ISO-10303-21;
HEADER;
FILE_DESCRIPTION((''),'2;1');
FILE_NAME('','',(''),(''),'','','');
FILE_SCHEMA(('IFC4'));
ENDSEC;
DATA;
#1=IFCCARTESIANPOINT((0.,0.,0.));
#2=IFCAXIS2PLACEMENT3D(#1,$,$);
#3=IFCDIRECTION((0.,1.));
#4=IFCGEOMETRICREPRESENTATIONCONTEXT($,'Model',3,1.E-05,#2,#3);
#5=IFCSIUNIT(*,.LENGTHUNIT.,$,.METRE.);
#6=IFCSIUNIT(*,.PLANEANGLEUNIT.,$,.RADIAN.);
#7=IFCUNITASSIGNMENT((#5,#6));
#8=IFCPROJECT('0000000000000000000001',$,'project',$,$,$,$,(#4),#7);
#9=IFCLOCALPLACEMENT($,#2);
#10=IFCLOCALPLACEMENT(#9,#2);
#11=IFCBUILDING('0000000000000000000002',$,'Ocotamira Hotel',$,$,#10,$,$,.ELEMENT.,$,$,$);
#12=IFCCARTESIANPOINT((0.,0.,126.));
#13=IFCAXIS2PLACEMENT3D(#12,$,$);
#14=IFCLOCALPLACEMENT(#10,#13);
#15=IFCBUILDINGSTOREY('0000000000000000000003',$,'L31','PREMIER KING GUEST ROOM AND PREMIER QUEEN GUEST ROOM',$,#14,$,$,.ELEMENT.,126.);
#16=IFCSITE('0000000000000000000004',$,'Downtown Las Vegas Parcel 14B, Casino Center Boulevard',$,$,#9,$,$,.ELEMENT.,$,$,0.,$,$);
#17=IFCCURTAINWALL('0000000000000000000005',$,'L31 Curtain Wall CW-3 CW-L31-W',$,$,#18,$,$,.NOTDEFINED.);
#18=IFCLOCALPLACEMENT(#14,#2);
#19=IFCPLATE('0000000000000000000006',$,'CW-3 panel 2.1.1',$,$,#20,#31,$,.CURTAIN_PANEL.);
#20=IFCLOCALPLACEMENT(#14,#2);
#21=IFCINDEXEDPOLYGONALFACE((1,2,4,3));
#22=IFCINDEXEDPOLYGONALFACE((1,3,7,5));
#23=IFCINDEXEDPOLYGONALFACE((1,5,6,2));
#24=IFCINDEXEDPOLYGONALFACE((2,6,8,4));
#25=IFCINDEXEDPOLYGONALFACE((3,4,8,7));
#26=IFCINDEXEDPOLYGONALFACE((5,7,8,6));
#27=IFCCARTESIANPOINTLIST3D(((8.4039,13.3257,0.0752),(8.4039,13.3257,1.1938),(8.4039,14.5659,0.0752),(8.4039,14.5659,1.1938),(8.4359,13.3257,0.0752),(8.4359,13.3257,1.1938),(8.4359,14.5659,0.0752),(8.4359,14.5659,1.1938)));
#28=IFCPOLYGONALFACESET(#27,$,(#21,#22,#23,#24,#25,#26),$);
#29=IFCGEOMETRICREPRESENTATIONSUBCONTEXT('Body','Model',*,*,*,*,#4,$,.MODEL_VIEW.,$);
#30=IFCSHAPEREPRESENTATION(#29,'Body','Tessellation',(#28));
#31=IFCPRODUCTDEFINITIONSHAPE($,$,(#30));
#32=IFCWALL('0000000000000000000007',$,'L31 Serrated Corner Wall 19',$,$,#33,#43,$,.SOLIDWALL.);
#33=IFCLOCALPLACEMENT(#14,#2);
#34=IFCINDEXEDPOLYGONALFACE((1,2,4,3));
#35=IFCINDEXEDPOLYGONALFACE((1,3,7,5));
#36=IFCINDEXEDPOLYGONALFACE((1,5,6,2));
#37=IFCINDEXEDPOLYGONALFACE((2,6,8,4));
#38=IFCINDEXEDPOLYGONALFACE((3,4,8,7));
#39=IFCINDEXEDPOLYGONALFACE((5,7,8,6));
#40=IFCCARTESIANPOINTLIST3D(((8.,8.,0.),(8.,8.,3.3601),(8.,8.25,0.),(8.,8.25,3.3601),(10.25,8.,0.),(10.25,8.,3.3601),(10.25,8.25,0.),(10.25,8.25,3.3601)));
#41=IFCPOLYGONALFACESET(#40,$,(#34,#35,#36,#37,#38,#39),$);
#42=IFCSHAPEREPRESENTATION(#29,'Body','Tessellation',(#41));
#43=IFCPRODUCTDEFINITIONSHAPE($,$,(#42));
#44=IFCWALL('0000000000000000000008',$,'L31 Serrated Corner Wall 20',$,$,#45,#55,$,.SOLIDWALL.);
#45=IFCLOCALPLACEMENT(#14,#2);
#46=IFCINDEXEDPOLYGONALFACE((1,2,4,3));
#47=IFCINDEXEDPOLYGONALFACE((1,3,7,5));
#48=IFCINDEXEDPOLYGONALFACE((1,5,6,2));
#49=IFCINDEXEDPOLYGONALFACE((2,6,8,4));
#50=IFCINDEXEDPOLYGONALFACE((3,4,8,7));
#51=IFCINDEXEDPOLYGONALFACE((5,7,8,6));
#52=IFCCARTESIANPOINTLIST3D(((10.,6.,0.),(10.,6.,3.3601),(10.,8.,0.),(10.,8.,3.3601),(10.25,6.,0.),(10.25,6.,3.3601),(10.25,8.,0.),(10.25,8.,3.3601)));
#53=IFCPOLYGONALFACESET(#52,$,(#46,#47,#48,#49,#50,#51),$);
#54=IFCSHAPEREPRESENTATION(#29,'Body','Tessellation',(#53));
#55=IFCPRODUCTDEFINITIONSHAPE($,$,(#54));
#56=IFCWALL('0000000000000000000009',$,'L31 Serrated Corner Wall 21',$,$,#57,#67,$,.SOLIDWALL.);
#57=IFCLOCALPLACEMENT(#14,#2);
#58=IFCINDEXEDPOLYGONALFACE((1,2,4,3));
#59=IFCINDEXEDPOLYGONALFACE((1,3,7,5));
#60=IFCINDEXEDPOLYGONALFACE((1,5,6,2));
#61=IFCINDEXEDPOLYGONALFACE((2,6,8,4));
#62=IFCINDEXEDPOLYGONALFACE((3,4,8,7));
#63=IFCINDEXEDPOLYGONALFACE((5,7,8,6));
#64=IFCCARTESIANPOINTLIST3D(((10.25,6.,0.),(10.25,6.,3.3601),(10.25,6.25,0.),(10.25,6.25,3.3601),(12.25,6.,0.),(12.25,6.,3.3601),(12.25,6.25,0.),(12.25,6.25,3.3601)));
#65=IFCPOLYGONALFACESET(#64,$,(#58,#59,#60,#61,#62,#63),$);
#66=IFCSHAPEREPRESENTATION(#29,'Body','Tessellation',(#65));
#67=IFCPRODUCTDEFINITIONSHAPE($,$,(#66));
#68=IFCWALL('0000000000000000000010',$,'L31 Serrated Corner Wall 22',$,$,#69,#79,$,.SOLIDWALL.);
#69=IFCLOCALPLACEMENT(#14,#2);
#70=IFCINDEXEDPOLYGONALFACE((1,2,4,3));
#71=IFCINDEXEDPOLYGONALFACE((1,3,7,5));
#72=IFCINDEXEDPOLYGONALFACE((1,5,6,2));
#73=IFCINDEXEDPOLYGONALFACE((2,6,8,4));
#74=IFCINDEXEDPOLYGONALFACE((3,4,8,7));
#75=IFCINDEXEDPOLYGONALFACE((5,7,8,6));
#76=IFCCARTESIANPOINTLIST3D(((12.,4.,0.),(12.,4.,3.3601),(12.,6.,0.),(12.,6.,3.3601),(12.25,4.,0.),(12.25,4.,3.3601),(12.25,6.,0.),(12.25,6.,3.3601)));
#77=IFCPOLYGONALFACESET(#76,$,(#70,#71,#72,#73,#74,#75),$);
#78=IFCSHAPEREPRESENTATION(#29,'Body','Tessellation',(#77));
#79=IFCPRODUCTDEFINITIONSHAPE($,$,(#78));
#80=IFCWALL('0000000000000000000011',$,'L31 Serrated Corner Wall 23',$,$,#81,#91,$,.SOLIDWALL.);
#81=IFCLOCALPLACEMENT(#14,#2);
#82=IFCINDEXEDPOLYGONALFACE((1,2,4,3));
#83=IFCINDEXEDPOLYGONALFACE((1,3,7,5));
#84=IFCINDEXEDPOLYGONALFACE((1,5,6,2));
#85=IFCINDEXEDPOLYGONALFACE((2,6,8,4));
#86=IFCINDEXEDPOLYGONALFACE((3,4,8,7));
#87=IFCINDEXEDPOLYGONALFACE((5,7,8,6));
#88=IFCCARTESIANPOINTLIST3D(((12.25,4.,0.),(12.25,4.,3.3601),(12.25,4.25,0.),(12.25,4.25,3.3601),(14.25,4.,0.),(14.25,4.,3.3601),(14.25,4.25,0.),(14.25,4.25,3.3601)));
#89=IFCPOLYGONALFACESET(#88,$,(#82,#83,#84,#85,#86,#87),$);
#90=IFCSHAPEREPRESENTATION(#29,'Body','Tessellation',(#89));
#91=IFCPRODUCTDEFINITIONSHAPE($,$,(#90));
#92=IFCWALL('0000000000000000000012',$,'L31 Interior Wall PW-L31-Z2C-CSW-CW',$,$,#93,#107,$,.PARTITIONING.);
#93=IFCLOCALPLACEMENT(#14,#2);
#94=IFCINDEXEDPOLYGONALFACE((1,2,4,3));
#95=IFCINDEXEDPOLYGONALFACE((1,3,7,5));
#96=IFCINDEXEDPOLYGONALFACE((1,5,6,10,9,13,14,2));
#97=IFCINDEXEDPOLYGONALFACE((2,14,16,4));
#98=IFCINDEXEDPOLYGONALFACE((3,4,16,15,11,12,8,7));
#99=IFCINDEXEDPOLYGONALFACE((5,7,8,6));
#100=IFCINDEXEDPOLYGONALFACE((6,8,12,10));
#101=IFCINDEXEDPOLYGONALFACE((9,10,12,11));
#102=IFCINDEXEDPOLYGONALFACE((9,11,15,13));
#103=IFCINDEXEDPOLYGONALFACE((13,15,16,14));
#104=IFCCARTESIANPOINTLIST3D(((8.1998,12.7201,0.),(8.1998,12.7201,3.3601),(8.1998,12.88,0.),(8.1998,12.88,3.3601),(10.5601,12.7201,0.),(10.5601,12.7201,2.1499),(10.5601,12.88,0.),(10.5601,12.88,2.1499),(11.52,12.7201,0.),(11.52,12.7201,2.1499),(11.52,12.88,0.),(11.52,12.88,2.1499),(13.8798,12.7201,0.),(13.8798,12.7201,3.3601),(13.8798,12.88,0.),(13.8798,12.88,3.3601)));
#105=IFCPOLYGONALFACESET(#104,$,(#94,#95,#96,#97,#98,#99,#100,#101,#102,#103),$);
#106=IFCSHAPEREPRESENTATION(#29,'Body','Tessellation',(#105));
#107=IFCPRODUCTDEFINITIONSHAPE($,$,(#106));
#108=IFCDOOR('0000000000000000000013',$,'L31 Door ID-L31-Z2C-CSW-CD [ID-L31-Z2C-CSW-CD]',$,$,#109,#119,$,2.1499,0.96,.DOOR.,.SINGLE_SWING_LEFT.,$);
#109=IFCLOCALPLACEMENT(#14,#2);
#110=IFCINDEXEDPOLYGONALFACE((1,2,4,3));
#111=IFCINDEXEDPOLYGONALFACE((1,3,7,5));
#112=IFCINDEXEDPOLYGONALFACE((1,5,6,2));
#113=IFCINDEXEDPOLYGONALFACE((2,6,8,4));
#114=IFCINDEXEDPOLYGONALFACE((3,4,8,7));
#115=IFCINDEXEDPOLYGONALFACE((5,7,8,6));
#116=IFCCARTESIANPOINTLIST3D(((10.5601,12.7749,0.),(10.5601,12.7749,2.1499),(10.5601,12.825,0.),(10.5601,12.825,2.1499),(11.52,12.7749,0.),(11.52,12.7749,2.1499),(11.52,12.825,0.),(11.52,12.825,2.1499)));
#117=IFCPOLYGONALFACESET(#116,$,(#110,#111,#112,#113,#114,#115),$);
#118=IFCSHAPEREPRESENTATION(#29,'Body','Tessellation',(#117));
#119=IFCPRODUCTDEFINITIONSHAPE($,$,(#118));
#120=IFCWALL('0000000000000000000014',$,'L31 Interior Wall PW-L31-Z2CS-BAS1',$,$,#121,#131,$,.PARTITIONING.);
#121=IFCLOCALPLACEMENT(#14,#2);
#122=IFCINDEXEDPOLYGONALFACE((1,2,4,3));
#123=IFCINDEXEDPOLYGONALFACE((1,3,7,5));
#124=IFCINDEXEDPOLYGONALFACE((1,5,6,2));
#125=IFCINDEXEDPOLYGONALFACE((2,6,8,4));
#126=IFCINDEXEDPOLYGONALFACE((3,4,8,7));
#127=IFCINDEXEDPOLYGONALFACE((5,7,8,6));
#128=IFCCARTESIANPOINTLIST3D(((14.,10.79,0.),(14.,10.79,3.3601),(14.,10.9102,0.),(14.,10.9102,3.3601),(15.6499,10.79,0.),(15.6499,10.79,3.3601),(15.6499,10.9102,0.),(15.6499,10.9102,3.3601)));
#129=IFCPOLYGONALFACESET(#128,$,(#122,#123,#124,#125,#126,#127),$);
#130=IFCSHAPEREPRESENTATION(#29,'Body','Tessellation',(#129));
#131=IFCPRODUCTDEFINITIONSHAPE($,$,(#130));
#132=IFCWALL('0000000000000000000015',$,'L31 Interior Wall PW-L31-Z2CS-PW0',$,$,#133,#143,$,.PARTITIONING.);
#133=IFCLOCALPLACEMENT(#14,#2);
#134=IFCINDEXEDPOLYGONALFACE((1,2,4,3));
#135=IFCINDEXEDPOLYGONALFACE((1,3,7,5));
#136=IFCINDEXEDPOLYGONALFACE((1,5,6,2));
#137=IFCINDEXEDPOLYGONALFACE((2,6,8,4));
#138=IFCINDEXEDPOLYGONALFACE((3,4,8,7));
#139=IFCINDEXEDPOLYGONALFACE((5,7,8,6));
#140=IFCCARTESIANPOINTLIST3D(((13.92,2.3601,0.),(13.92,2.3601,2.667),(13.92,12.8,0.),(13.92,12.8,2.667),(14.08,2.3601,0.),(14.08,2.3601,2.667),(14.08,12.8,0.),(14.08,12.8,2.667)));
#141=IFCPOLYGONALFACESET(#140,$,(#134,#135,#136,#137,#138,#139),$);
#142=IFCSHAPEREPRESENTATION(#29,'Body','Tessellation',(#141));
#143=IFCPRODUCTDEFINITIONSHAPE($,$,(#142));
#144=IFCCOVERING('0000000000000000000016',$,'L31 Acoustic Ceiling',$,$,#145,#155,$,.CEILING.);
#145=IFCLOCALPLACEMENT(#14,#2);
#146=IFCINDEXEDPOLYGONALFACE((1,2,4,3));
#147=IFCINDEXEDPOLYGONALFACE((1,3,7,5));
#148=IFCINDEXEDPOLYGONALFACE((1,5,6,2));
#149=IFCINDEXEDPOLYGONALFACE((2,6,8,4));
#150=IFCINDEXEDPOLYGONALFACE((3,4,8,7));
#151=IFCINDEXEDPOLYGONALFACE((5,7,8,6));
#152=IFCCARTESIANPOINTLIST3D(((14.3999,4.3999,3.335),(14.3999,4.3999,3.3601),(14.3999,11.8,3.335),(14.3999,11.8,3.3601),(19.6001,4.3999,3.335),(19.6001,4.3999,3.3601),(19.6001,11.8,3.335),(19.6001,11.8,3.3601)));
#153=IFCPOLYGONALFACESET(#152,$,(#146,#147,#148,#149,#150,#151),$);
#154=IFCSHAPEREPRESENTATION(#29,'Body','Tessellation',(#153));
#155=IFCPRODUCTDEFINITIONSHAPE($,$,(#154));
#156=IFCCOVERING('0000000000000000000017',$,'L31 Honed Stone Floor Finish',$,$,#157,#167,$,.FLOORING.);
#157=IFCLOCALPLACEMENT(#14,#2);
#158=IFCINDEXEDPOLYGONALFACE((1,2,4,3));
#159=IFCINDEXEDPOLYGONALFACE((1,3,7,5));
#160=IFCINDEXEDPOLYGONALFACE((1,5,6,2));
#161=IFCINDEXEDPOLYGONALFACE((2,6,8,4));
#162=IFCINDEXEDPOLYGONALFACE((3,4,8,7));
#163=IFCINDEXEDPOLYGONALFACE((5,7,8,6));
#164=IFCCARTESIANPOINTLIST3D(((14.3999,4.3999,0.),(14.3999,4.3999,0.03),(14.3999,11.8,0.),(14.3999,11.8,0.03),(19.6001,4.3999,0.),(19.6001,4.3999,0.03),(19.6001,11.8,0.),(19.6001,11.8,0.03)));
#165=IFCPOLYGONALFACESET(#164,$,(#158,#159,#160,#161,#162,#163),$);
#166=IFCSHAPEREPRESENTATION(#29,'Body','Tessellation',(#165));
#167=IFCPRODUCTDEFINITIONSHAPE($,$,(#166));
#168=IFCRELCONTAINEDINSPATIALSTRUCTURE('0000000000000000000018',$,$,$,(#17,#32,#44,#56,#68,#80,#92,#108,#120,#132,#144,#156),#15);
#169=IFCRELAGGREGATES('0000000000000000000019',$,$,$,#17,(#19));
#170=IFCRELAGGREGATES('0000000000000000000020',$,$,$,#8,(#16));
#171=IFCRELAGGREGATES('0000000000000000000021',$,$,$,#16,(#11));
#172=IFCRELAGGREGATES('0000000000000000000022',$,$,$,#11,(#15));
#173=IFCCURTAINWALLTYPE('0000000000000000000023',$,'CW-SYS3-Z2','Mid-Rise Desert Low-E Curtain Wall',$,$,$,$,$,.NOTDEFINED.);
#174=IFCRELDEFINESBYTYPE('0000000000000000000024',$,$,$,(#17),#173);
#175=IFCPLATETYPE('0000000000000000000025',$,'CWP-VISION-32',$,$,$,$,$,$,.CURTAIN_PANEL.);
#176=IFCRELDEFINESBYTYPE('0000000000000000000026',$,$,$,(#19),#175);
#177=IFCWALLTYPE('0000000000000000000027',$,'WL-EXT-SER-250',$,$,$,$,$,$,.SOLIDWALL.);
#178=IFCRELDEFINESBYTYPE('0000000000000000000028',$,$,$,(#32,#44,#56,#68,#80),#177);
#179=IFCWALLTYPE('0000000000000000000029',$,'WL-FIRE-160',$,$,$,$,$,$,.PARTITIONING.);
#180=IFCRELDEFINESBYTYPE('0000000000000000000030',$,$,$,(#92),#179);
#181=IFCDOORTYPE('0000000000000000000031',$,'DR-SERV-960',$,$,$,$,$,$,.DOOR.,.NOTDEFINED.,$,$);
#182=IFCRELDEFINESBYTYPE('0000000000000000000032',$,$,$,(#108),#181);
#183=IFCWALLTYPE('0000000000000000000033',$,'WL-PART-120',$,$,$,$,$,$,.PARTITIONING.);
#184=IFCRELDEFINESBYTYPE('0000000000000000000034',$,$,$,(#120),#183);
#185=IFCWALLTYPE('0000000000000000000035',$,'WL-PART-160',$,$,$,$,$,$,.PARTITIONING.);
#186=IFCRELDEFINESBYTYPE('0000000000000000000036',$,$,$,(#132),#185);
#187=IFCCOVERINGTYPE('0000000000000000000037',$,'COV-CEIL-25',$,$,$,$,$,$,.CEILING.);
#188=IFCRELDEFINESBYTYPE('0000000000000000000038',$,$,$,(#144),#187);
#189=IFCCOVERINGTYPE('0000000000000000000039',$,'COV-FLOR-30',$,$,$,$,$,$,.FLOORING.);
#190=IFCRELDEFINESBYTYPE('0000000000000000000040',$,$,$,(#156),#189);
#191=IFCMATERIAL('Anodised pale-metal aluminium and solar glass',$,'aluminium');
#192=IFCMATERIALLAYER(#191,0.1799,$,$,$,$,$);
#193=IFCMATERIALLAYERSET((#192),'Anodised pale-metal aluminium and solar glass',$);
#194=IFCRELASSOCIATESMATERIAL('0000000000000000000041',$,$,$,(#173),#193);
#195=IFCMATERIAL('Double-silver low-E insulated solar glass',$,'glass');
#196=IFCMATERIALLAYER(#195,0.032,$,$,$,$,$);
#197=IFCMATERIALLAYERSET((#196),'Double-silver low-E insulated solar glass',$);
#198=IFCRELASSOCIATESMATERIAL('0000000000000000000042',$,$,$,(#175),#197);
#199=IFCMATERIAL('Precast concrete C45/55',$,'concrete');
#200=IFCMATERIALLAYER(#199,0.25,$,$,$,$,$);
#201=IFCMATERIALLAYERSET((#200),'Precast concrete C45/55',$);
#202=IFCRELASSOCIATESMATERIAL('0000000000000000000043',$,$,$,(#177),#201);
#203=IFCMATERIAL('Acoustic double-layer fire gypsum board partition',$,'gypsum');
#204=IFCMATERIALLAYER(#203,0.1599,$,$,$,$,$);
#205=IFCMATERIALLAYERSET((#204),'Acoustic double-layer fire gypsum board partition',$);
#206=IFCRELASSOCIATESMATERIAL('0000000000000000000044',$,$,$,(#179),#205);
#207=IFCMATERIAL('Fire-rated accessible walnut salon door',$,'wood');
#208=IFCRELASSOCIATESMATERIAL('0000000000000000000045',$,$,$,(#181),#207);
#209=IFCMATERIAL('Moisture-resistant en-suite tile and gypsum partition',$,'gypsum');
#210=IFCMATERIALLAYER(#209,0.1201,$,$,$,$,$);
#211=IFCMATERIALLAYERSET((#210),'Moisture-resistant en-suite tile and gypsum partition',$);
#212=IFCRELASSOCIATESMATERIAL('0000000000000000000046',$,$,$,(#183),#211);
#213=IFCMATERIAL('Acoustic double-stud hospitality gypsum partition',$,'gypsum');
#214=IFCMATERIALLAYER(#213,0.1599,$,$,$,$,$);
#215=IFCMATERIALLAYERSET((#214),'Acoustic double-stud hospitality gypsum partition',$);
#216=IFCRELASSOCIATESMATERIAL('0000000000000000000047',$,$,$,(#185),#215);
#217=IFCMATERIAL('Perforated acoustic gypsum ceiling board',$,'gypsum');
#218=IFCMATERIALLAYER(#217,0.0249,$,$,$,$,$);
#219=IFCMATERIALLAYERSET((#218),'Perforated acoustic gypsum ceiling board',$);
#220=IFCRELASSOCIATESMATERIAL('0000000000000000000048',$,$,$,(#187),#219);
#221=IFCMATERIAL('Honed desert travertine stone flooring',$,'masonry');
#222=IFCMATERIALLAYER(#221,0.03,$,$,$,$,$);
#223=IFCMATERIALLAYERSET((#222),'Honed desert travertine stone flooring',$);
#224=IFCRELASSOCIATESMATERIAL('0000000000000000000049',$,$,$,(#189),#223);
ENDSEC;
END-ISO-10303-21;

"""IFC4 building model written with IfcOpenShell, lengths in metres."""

from ifc_helpers import new_model, si_unit, direction, frame, frame_2d, origin, origin_2d, place, context, subcontext, project, spatial, polyline, rectangle, outline, extrude, source, transform, mapped, material, layer, layer_set, type_object, element, fill, aggregate, save


model = new_model("IFC4")

# Units and contexts
model_context = context("Model", 3, precision=1e-05, world=origin(), true_north=direction((0.0, 1.0)))
body_context = subcontext(model_context, "Body", "Model", "MODEL_VIEW")
ifc_project = project(units=[si_unit("LENGTHUNIT", "METRE"), si_unit("PLANEANGLEUNIT", "RADIAN")], contexts=[model_context])

# Site, building, storey
site_placement = place(None, origin())
site = spatial("IfcSite", under=ifc_project, at=site_placement, Name="Downtown Las Vegas Parcel 14B, Casino Center Boulevard", CompositionType="ELEMENT", RefElevation=0.0)
building_placement = place(site_placement, origin())
building = spatial("IfcBuilding", under=site, at=building_placement, Name="Ocotamira Hotel", CompositionType="ELEMENT")
storey_placement = place(building_placement, frame((0.0, 0.0, 126.0)))
storey = spatial("IfcBuildingStorey", under=building, at=storey_placement, Name="L31", Description="PREMIER KING GUEST ROOM AND PREMIER QUEEN GUEST ROOM", CompositionType="ELEMENT", Elevation=126.0)

# Curtain wall
ifc_material_1 = material(Name="Anodised pale-metal aluminium and solar glass", Category="aluminium")
ifc_layer_1 = layer(ifc_material_1, 0.1799)
ifc_layer_set_1 = layer_set([ifc_layer_1], Name="Anodised pale-metal aluminium and solar glass")
curtain_wall_type = type_object("IfcCurtainWallType", Name="CW-SYS3-Z2", Description="Mid-Rise Desert Low-E Curtain Wall", PredefinedType="NOTDEFINED", material=ifc_layer_set_1)
curtain_wall_placement = place(storey_placement, origin())
curtain_wall = element("IfcCurtainWall", 1, at=curtain_wall_placement, inside=storey, type_object=curtain_wall_type, Name="L31 Curtain Wall CW-3 CW-L31-W", PredefinedType="NOTDEFINED")

# Plate
ifc_material_2 = material(Name="Double-silver low-E insulated solar glass", Category="glass")
ifc_layer_2 = layer(ifc_material_2, 0.032)
ifc_layer_set_2 = layer_set([ifc_layer_2], Name="Double-silver low-E insulated solar glass")
plate_type = type_object("IfcPlateType", Name="CWP-VISION-32", PredefinedType="CURTAIN_PANEL", material=ifc_layer_set_2)
shared_shape_1 = source(origin(), body_context, "Body", "SweptSolid", [
    extrude(rectangle(XDim=1.2402, YDim=0.032, at=origin_2d()), origin(), (0.0, 0.0, 1.0), 1.1187),
])
plate_1_placement = place(storey_placement, frame((8.4199, 13.9458, 0.0752), z_axis=(0.0, 0.0, 1.0), x_axis=(0.0, 1.0, 0.0)))
plate_1 = element("IfcPlate", 2, at=plate_1_placement, type_object=plate_type, Name="CW-3 panel 2.1.1", PredefinedType="CURTAIN_PANEL", context=body_context, shape_type="MappedRepresentation", body=[
    mapped(shared_shape_1, transform((0.0, 0.0, 0.0), scale=1.0)),
])
aggregate(curtain_wall, [plate_1])

# Walls
ifc_material_3 = material(Name="Precast concrete C45/55", Category="concrete")
ifc_layer_3 = layer(ifc_material_3, 0.25)
ifc_layer_set_3 = layer_set([ifc_layer_3], Name="Precast concrete C45/55")
wall_type_1 = type_object("IfcWallType", Name="WL-EXT-SER-250", PredefinedType="SOLIDWALL", material=ifc_layer_set_3)
wall_1_placement = place(storey_placement, frame((8.0, 8.125, 0.0), z_axis=(0.0, 0.0, 1.0), x_axis=(1.0, 0.0, 0.0)))
element("IfcWall", 3, at=wall_1_placement, inside=storey, type_object=wall_type_1, Name="L31 Serrated Corner Wall 19", PredefinedType="SOLIDWALL", context=body_context, shape_type="SweptSolid", body=[
    extrude(rectangle(XDim=2.25, YDim=0.25, at=frame_2d((1.125, 0.0))), origin(), (0.0, 0.0, 1.0), 3.3601),
])
for number, where, z_axis, x_axis, name in (
    (4, (10.125, 8.0, 0.0), (0.0, 0.0, 1.0), (0.0, -1.0, 0.0), "L31 Serrated Corner Wall 20"),
    (5, (10.25, 6.125, 0.0), (0.0, 0.0, 1.0), (1.0, 0.0, 0.0), "L31 Serrated Corner Wall 21"),
    (6, (12.125, 6.0, 0.0), (0.0, 0.0, 1.0), (0.0, -1.0, 0.0), "L31 Serrated Corner Wall 22"),
    (7, (12.25, 4.125, 0.0), (0.0, 0.0, 1.0), (1.0, 0.0, 0.0), "L31 Serrated Corner Wall 23"),
):
    element("IfcWall", number, at=place(storey_placement, frame(where, z_axis=z_axis, x_axis=x_axis)), inside=storey, type_object=wall_type_1, Name=name, PredefinedType="SOLIDWALL", context=body_context, shape_type="SweptSolid", body=[
        extrude(rectangle(XDim=2.0, YDim=0.25, at=frame_2d((1.0, 0.0))), origin(), (0.0, 0.0, 1.0), 3.3601),
    ])

# Wall, opening, door
ifc_material_4 = material(Name="Acoustic double-layer fire gypsum board partition", Category="gypsum")
ifc_layer_4 = layer(ifc_material_4, 0.1599)
ifc_layer_set_4 = layer_set([ifc_layer_4], Name="Acoustic double-layer fire gypsum board partition")
wall_type_2 = type_object("IfcWallType", Name="WL-FIRE-160", PredefinedType="PARTITIONING", material=ifc_layer_set_4)
wall_2_placement = place(storey_placement, frame((8.2, 12.8, 0.0), z_axis=(0.0, 0.0, 1.0), x_axis=(1.0, 0.0, 0.0)))
wall_2 = element("IfcWall", 8, at=wall_2_placement, inside=storey, type_object=wall_type_2, Name="L31 Interior Wall PW-L31-Z2C-CSW-CW", PredefinedType="PARTITIONING", context=body_context, shape_type="SweptSolid", body=[
    extrude(rectangle(XDim=5.6799, YDim=0.1599, at=frame_2d((2.8398, 0.0))), origin(), (0.0, 0.0, 1.0), 3.3601),
])
opening_1_placement = place(wall_2_placement, frame((2.3601, 0.0, 0.0)))
opening_1 = element("IfcOpeningElement", 9, at=opening_1_placement, cuts=wall_2, PredefinedType="OPENING", context=body_context, shape_type="SweptSolid", body=[
    extrude(rectangle(XDim=0.96, YDim=2.1499, at=frame_2d((0.48, 1.075))), frame((0.0, 0.0898, 0.0), z_axis=(0.0, -1.0, 0.0), x_axis=(1.0, 0.0, 0.0)), (0.0, 0.0, 1.0), 0.1799),
])
ifc_material_5 = material(Name="Fire-rated accessible walnut salon door", Category="wood")
door_type_1 = type_object("IfcDoorType", Name="DR-SERV-960", OperationType="NOTDEFINED", PredefinedType="DOOR", material=ifc_material_5)
shared_shape_2 = source(origin(), body_context, "Body", "SweptSolid", [
    extrude(rectangle(XDim=0.96, YDim=2.1499, at=frame_2d((0.48, 1.075))), frame((0.0, 0.0249, 0.0), z_axis=(0.0, -1.0, 0.0), x_axis=(1.0, 0.0, 0.0)), (0.0, 0.0, 1.0), 0.05),
])
door_1_placement = place(opening_1_placement, origin())
door_1 = element("IfcDoor", 10, at=door_1_placement, inside=storey, type_object=door_type_1, Name="L31 Door ID-L31-Z2C-CSW-CD [ID-L31-Z2C-CSW-CD]", OperationType="SINGLE_SWING_LEFT", OverallHeight=2.1499, OverallWidth=0.96, PredefinedType="DOOR", context=body_context, shape_type="MappedRepresentation", body=[
    mapped(shared_shape_2, transform((0.0, 0.0, 0.0), scale=1.0)),
])
fill(opening_1, door_1)

# Walls
ifc_material_6 = material(Name="Moisture-resistant en-suite tile and gypsum partition", Category="gypsum")
ifc_layer_5 = layer(ifc_material_6, 0.1201)
ifc_layer_set_5 = layer_set([ifc_layer_5], Name="Moisture-resistant en-suite tile and gypsum partition")
wall_type_3 = type_object("IfcWallType", Name="WL-PART-120", PredefinedType="PARTITIONING", material=ifc_layer_set_5)
wall_3_placement = place(storey_placement, frame((14.0, 10.8501, 0.0), z_axis=(0.0, 0.0, 1.0), x_axis=(1.0, 0.0, 0.0)))
element("IfcWall", 11, at=wall_3_placement, inside=storey, type_object=wall_type_3, Name="L31 Interior Wall PW-L31-Z2CS-BAS1", PredefinedType="PARTITIONING", context=body_context, shape_type="SweptSolid", body=[
    extrude(rectangle(XDim=1.6499, YDim=0.1201, at=frame_2d((0.825, 0.0))), origin(), (0.0, 0.0, 1.0), 3.3601),
])
ifc_material_7 = material(Name="Acoustic double-stud hospitality gypsum partition", Category="gypsum")
ifc_layer_6 = layer(ifc_material_7, 0.1599)
ifc_layer_set_6 = layer_set([ifc_layer_6], Name="Acoustic double-stud hospitality gypsum partition")
wall_type_4 = type_object("IfcWallType", Name="WL-PART-160", PredefinedType="PARTITIONING", material=ifc_layer_set_6)
wall_4_placement = place(storey_placement, frame((14.0, 2.3601, 0.0), z_axis=(0.0, 0.0, 1.0), x_axis=(0.0, 1.0, 0.0)))
element("IfcWall", 12, at=wall_4_placement, inside=storey, type_object=wall_type_4, Name="L31 Interior Wall PW-L31-Z2CS-PW0", PredefinedType="PARTITIONING", context=body_context, shape_type="SweptSolid", body=[
    extrude(rectangle(XDim=10.4399, YDim=0.1599, at=frame_2d((5.22, 0.0))), origin(), (0.0, 0.0, 1.0), 2.667),
])

# Coverings
ifc_material_8 = material(Name="Perforated acoustic gypsum ceiling board", Category="gypsum")
ifc_layer_7 = layer(ifc_material_8, 0.0249)
ifc_layer_set_7 = layer_set([ifc_layer_7], Name="Perforated acoustic gypsum ceiling board")
covering_type_1 = type_object("IfcCoveringType", Name="COV-CEIL-25", PredefinedType="CEILING", material=ifc_layer_set_7)
covering_1_placement = place(storey_placement, frame((0.0, 0.0, 3.335)))
element("IfcCovering", 13, at=covering_1_placement, inside=storey, type_object=covering_type_1, Name="L31 Acoustic Ceiling", PredefinedType="CEILING", context=body_context, shape_type="SweptSolid", body=[
    extrude(outline(polyline([(14.3999, 4.3999), (19.6001, 4.3999), (19.6001, 11.8), (14.3999, 11.8), (14.3999, 4.3999)])), origin(), (0.0, 0.0, 1.0), 0.0251),
])
ifc_material_9 = material(Name="Honed desert travertine stone flooring", Category="masonry")
ifc_layer_8 = layer(ifc_material_9, 0.03)
ifc_layer_set_8 = layer_set([ifc_layer_8], Name="Honed desert travertine stone flooring")
covering_type_2 = type_object("IfcCoveringType", Name="COV-FLOR-30", PredefinedType="FLOORING", material=ifc_layer_set_8)
covering_2_placement = place(storey_placement, origin())
element("IfcCovering", 14, at=covering_2_placement, inside=storey, type_object=covering_type_2, Name="L31 Honed Stone Floor Finish", PredefinedType="FLOORING", context=body_context, shape_type="SweptSolid", body=[
    extrude(outline(polyline([(14.3999, 4.3999), (19.6001, 4.3999), (19.6001, 11.8), (14.3999, 11.8), (14.3999, 4.3999)])), origin(), (0.0, 0.0, 1.0), 0.03),
])

save(model, "model.ifc")
